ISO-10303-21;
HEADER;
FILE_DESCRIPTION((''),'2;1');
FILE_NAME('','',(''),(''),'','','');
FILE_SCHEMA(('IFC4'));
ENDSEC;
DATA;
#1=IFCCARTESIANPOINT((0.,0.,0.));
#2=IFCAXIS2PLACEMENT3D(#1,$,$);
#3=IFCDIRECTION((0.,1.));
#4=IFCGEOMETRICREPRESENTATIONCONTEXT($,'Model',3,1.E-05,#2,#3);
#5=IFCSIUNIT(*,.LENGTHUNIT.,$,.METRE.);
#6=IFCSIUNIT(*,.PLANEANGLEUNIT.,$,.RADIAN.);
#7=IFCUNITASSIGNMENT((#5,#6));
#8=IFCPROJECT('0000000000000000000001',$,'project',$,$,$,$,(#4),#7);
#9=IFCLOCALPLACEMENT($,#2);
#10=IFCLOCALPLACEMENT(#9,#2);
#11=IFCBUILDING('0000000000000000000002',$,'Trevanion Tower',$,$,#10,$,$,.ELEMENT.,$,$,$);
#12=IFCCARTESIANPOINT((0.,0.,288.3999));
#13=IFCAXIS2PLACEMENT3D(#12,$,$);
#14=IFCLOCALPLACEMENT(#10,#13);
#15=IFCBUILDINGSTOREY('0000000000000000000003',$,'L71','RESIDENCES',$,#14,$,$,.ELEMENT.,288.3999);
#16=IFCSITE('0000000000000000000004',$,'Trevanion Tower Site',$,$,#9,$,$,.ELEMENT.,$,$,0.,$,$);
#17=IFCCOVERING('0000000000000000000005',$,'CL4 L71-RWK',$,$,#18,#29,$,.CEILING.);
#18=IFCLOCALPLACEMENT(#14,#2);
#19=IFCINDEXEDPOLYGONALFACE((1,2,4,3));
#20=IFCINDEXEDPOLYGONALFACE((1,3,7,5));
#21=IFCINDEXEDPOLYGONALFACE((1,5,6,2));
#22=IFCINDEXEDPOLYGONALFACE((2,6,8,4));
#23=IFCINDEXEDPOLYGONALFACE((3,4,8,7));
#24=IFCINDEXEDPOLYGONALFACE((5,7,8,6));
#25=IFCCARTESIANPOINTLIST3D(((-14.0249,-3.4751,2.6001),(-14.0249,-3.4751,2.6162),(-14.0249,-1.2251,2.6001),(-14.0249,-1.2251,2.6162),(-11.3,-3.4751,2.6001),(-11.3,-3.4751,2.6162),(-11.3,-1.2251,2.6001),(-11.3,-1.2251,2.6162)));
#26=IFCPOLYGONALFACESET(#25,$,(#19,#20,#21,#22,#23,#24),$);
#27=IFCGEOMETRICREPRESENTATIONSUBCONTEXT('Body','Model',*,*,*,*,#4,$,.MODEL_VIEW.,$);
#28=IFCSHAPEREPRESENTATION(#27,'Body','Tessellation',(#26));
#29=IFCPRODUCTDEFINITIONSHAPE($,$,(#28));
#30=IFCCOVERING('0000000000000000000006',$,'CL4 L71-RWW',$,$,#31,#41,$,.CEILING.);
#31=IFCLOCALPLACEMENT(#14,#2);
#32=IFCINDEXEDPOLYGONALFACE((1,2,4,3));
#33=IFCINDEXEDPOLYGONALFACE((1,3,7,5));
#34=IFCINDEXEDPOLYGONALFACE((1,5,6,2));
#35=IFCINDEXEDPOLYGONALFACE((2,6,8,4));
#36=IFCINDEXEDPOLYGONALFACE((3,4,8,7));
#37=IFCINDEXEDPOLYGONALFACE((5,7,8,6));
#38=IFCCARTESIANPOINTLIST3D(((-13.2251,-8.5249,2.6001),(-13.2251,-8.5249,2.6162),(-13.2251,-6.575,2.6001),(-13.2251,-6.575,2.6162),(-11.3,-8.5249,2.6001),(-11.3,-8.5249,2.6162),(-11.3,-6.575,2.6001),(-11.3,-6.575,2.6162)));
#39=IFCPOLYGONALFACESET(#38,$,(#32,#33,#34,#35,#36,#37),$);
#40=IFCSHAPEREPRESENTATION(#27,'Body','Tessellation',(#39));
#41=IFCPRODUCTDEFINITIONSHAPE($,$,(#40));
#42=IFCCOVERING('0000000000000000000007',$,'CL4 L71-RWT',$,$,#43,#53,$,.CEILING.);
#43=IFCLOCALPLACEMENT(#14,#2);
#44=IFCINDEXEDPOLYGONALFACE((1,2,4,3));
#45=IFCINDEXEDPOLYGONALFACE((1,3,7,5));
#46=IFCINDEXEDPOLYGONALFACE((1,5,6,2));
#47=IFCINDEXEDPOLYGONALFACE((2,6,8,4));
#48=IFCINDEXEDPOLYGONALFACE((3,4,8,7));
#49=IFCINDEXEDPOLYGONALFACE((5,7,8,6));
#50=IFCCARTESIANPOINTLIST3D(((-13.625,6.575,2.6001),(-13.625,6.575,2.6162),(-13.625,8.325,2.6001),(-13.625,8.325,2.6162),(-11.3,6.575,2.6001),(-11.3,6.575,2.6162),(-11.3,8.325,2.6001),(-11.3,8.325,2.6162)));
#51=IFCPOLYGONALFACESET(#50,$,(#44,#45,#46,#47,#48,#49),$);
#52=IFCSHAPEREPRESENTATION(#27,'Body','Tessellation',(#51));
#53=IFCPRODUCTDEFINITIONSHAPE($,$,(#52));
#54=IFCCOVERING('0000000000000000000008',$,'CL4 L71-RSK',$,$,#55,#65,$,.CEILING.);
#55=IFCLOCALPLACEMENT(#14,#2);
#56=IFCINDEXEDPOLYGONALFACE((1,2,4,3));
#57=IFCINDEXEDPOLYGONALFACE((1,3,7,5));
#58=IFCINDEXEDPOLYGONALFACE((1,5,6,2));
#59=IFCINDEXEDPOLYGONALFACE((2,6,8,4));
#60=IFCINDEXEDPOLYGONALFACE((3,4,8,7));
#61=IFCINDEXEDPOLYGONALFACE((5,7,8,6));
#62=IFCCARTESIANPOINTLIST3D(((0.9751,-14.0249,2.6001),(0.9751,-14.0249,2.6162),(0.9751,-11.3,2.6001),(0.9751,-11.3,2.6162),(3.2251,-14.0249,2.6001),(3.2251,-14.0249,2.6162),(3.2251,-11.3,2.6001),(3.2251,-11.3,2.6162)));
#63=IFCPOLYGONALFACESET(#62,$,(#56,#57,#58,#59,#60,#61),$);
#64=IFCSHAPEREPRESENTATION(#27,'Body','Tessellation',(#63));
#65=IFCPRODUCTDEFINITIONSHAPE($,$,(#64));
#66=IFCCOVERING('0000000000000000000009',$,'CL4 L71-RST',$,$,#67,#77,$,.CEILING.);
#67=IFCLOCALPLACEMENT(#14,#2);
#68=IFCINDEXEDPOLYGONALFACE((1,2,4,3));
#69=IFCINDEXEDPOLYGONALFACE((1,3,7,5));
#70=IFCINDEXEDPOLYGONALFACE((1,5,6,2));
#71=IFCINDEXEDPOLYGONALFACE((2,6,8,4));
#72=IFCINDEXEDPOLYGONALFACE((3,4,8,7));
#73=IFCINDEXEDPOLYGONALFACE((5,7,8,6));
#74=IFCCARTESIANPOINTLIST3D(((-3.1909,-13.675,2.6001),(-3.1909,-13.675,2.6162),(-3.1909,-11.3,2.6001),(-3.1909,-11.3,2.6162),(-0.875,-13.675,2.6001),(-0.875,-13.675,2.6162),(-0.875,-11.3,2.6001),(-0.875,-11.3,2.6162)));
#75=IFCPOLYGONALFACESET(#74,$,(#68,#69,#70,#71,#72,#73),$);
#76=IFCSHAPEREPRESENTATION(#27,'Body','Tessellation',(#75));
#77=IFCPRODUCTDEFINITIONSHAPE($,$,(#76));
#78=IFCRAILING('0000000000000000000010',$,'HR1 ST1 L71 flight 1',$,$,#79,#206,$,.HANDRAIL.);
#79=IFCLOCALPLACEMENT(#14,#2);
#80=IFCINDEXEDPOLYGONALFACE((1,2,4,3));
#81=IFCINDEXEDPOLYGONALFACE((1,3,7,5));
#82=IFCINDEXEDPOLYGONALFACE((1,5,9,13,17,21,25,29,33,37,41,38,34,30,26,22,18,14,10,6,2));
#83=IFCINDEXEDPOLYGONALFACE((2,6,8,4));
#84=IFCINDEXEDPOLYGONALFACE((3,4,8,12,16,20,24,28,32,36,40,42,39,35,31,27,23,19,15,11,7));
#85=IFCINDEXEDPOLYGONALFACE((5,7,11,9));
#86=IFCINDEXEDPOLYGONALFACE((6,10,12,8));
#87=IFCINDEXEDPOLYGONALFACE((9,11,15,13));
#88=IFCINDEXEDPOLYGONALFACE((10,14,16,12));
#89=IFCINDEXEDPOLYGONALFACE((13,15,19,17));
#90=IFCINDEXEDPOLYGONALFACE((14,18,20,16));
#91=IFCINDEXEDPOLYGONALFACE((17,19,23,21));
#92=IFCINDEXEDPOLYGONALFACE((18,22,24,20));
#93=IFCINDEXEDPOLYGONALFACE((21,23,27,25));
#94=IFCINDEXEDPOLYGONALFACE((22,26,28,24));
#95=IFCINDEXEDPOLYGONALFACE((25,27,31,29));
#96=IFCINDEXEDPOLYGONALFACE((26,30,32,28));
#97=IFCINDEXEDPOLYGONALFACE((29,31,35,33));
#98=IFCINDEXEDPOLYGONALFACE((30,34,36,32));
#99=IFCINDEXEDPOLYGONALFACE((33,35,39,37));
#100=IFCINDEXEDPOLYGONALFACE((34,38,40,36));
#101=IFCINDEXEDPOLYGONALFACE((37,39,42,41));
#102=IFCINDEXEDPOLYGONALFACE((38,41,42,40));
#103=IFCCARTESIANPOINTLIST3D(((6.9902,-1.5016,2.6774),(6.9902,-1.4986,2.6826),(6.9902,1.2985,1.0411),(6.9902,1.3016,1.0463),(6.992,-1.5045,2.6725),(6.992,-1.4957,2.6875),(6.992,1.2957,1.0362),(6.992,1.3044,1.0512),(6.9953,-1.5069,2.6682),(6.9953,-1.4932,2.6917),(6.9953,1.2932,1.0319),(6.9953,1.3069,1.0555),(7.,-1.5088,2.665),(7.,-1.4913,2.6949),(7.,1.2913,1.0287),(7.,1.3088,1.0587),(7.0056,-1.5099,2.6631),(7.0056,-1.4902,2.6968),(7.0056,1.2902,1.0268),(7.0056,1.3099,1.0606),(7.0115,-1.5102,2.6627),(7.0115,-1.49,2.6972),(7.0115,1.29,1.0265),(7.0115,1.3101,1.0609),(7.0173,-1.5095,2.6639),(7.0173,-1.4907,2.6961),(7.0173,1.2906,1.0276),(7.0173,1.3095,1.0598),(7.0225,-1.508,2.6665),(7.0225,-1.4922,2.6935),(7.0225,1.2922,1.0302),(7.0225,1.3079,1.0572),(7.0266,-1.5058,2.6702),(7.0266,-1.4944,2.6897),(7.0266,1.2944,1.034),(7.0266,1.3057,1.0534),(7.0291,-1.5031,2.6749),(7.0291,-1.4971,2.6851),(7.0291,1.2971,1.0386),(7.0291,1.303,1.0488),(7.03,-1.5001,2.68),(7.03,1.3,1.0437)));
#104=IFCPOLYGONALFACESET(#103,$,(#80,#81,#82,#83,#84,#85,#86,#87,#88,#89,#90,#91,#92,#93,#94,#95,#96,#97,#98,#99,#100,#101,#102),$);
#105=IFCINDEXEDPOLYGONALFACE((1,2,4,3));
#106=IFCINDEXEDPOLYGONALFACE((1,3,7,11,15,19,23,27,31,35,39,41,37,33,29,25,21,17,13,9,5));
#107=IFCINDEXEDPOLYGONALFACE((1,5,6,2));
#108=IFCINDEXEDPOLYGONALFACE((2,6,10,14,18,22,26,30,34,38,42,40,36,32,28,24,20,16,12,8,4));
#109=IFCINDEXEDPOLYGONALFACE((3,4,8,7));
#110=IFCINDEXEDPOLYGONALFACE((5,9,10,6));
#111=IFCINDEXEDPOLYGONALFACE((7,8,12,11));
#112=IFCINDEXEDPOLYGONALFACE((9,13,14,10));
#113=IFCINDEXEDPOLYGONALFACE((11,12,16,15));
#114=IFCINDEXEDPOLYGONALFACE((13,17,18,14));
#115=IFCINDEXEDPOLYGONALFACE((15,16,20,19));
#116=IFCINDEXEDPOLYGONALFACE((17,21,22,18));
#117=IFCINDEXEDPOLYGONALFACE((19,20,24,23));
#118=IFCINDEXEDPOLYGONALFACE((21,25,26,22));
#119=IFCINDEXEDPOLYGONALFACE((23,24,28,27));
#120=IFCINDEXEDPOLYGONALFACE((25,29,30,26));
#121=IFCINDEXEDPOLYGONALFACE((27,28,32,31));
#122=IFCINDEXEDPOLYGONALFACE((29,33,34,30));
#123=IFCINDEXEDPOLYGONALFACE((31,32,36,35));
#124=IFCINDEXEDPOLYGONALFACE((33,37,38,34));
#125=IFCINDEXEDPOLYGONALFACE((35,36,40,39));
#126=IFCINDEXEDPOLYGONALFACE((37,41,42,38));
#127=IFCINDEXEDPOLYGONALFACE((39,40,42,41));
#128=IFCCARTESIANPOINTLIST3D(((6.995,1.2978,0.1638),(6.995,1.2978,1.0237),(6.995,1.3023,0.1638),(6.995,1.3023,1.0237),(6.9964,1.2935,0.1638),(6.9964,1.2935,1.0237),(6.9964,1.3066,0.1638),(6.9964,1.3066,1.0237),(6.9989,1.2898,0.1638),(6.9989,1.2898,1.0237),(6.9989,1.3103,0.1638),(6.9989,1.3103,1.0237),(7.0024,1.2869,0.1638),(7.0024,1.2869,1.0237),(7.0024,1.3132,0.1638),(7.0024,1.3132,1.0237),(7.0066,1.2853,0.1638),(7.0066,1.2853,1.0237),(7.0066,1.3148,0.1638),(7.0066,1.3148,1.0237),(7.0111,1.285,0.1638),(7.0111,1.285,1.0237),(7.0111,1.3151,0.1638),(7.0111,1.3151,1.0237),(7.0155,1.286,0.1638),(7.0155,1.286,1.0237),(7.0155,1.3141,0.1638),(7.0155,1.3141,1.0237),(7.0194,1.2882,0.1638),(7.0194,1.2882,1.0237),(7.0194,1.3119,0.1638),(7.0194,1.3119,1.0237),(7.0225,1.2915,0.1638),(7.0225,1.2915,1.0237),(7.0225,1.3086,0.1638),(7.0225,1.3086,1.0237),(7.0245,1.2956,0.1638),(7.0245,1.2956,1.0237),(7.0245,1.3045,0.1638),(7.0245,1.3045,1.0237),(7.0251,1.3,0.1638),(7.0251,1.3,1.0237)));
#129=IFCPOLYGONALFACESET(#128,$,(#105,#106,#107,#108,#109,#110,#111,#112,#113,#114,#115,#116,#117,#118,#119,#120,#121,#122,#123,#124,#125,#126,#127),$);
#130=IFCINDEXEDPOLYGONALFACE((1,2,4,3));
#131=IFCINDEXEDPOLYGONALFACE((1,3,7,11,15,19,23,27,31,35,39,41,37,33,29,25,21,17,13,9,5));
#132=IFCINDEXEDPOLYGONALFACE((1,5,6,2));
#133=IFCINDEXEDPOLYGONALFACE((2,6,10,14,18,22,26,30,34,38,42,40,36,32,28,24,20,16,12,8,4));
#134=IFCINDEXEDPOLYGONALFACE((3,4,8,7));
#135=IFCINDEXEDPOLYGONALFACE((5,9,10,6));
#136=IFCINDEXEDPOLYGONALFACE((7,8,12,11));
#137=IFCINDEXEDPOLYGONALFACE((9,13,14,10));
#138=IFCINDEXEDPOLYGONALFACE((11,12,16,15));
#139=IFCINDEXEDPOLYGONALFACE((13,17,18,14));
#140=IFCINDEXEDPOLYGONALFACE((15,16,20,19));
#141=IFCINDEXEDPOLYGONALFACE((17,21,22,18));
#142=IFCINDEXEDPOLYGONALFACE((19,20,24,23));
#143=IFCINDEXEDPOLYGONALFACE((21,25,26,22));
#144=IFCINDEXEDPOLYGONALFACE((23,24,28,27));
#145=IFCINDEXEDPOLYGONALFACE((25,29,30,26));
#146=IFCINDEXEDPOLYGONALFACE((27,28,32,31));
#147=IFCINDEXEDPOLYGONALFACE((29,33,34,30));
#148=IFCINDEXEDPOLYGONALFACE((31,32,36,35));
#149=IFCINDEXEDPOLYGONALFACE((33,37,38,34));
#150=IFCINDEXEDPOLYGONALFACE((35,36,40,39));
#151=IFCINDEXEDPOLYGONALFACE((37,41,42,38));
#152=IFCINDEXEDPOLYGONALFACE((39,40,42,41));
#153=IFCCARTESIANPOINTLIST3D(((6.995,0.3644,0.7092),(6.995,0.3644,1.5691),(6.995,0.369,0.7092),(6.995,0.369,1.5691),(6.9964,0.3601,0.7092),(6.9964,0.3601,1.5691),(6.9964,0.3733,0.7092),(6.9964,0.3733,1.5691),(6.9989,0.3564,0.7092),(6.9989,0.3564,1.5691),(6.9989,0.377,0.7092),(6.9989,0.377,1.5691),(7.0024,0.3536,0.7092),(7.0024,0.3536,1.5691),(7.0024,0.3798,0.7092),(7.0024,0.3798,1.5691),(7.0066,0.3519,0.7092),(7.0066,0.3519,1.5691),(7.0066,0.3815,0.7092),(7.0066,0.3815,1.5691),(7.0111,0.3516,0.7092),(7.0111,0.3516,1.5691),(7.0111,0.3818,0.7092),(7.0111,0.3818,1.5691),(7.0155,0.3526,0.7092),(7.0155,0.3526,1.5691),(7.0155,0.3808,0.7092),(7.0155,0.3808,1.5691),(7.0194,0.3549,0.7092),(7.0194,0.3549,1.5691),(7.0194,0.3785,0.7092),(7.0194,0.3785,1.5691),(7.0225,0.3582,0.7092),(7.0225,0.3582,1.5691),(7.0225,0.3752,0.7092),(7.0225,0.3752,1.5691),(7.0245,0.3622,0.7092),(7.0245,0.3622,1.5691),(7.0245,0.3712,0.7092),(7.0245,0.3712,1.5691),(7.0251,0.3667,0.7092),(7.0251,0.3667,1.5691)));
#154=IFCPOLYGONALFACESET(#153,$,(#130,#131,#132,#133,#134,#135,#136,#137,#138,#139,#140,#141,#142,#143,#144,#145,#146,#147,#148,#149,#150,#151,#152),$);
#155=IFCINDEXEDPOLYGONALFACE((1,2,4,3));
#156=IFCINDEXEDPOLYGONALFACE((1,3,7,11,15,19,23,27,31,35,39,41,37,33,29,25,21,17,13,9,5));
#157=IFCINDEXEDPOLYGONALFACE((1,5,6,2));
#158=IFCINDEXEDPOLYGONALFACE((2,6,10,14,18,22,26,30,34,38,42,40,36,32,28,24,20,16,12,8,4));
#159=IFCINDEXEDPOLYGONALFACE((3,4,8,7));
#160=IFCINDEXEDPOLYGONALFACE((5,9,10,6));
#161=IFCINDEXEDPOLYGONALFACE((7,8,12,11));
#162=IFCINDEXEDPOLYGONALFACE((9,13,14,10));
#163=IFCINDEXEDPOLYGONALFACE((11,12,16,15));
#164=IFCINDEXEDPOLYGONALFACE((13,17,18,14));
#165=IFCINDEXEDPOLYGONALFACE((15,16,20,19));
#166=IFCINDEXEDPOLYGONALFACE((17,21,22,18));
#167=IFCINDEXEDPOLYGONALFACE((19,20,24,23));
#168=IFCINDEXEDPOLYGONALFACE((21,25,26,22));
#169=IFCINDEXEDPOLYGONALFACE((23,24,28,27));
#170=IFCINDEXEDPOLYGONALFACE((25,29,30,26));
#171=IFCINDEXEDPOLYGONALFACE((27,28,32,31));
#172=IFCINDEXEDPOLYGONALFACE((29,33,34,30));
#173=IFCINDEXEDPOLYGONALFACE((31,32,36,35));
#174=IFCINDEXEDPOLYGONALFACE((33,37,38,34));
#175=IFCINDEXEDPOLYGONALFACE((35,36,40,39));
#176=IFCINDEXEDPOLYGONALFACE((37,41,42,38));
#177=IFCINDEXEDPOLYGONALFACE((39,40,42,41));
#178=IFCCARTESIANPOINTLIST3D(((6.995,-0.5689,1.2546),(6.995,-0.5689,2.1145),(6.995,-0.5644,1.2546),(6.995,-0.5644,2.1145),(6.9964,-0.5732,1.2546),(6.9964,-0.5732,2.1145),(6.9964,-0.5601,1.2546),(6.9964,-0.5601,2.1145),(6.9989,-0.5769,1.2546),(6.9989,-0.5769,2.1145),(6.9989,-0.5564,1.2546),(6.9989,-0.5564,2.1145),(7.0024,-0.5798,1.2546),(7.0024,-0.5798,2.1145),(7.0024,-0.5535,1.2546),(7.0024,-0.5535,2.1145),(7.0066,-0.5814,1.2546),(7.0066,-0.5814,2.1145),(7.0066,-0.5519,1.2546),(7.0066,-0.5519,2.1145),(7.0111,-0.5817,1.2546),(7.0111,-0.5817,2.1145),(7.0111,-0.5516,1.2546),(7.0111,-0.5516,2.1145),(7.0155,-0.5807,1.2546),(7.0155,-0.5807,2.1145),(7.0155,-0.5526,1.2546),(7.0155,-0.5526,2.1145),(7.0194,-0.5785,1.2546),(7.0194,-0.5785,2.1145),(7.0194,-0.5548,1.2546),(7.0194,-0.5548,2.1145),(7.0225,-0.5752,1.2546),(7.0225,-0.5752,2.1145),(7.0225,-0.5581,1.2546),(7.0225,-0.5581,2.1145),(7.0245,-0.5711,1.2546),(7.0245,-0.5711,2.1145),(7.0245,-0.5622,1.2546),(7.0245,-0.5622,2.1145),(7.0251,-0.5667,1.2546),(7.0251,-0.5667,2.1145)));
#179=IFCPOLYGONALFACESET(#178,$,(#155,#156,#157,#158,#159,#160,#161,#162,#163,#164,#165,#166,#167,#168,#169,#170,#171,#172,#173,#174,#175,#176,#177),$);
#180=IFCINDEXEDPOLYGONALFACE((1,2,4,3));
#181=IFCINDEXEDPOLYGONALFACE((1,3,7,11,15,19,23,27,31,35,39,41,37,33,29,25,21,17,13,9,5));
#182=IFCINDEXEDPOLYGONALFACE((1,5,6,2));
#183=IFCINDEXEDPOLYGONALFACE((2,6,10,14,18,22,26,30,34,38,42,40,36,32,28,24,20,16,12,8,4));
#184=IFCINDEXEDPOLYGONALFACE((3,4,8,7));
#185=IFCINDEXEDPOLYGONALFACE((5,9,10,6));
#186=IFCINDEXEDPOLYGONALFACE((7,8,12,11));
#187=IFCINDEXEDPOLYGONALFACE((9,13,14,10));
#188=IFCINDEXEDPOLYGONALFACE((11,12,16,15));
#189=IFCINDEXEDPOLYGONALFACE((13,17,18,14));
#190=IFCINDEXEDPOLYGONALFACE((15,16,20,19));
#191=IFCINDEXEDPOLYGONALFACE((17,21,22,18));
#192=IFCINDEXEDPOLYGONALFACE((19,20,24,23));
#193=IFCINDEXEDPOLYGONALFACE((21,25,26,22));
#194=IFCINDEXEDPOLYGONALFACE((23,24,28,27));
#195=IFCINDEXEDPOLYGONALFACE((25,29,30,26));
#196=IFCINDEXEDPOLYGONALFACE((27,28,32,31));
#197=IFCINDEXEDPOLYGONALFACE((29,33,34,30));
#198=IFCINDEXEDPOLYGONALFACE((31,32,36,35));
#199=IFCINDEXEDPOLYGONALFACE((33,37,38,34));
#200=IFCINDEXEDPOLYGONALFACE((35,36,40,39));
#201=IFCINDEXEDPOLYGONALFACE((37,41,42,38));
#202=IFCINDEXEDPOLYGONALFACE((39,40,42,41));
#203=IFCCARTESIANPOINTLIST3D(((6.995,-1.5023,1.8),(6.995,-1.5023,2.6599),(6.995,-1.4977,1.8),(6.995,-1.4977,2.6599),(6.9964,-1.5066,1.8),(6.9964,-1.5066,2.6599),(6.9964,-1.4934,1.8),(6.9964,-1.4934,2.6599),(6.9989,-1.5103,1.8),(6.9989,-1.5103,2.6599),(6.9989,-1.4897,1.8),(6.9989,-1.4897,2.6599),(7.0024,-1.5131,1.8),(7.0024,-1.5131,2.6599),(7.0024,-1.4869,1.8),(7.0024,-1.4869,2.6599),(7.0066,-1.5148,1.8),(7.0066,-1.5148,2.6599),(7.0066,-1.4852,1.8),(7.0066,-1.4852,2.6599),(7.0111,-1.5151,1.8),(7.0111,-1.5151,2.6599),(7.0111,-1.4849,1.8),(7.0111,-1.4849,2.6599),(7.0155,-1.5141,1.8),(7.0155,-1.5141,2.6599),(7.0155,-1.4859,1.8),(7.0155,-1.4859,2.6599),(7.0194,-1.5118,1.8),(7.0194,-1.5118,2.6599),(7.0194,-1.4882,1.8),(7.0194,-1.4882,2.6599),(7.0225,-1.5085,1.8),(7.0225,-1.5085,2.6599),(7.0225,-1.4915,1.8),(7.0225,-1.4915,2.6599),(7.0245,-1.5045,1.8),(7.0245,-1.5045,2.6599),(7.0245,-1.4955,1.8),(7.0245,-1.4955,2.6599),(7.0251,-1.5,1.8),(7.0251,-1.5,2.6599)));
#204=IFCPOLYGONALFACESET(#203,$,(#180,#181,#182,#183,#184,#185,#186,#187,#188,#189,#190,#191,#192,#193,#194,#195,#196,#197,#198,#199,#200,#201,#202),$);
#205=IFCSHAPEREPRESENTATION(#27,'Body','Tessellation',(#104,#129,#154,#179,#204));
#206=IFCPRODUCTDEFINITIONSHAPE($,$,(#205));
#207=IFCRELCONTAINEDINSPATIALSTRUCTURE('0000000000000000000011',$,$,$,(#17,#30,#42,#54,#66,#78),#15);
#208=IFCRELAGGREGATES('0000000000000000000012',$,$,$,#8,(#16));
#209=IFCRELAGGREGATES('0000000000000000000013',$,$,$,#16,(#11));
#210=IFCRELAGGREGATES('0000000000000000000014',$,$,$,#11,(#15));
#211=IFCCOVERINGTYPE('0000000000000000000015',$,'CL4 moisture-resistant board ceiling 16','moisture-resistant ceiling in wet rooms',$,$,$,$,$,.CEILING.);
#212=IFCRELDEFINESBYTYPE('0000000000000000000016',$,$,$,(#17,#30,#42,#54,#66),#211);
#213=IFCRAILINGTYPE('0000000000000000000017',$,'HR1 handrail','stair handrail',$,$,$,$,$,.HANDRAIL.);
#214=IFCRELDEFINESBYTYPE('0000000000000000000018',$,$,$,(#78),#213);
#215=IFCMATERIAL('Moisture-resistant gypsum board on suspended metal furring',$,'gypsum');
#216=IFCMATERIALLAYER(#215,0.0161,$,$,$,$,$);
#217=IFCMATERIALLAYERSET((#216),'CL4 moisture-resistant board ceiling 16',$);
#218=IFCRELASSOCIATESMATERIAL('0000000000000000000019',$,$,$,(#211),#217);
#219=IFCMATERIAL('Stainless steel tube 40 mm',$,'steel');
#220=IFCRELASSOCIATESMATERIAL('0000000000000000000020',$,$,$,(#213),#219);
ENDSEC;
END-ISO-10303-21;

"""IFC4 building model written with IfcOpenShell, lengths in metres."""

from ifc_helpers import new_model, si_unit, direction, frame, origin, origin_2d, place, context, subcontext, project, spatial, polyline, circle, outline, extrude, material, layer, layer_set, type_object, element, save


model = new_model("IFC4")

# Units and contexts
model_context = context("Model", 3, precision=1e-05, world=origin(), true_north=direction((0.0, 1.0)))
body_context = subcontext(model_context, "Body", "Model", "MODEL_VIEW")
ifc_project = project(units=[si_unit("LENGTHUNIT", "METRE"), si_unit("PLANEANGLEUNIT", "RADIAN")], contexts=[model_context])

# Site, building, storey
site_placement = place(None, origin())
site = spatial("IfcSite", under=ifc_project, at=site_placement, Name="Trevanion Tower Site", CompositionType="ELEMENT", RefElevation=0.0)
building_placement = place(site_placement, origin())
building = spatial("IfcBuilding", under=site, at=building_placement, Name="Trevanion Tower", CompositionType="ELEMENT")
storey_placement = place(building_placement, frame((0.0, 0.0, 288.3999)))
storey = spatial("IfcBuildingStorey", under=building, at=storey_placement, Name="L71", Description="RESIDENCES", CompositionType="ELEMENT", Elevation=288.3999)

# Coverings
ifc_material_1 = material(Name="Moisture-resistant gypsum board on suspended metal furring", Category="gypsum")
ifc_layer_1 = layer(ifc_material_1, 0.0161)
ifc_layer_set_1 = layer_set([ifc_layer_1], Name="CL4 moisture-resistant board ceiling 16")
covering_type_1 = type_object("IfcCoveringType", Name="CL4 moisture-resistant board ceiling 16", Description="moisture-resistant ceiling in wet rooms", PredefinedType="CEILING", material=ifc_layer_set_1)
covering_1_placement = place(storey_placement, frame((0.0, 0.0, 2.6001)))
element("IfcCovering", 1, at=covering_1_placement, inside=storey, type_object=covering_type_1, Name="CL4 L71-RWK", PredefinedType="CEILING", context=body_context, shape_type="SweptSolid", body=[
    extrude(outline(polyline([(-14.0249, -1.2251), (-14.0249, -3.4751), (-11.3, -3.4751), (-11.3, -1.2251), (-14.0249, -1.2251)])), origin(), (0.0, 0.0, 1.0), 0.0161),
])
covering_2_placement = place(storey_placement, frame((0.0, 0.0, 2.6001)))
element("IfcCovering", 2, at=covering_2_placement, inside=storey, type_object=covering_type_1, Name="CL4 L71-RWW", PredefinedType="CEILING", context=body_context, shape_type="SweptSolid", body=[
    extrude(outline(polyline([(-13.2251, -6.575), (-13.2251, -8.5249), (-11.3, -8.5249), (-11.3, -6.575), (-13.2251, -6.575)])), origin(), (0.0, 0.0, 1.0), 0.0161),
])
covering_3_placement = place(storey_placement, frame((0.0, 0.0, 2.6001)))
element("IfcCovering", 3, at=covering_3_placement, inside=storey, type_object=covering_type_1, Name="CL4 L71-RWT", PredefinedType="CEILING", context=body_context, shape_type="SweptSolid", body=[
    extrude(outline(polyline([(-13.625, 8.325), (-13.625, 6.575), (-11.3, 6.575), (-11.3, 8.325), (-13.625, 8.325)])), origin(), (0.0, 0.0, 1.0), 0.0161),
])
covering_4_placement = place(storey_placement, frame((0.0, 0.0, 2.6001)))
element("IfcCovering", 4, at=covering_4_placement, inside=storey, type_object=covering_type_1, Name="CL4 L71-RSK", PredefinedType="CEILING", context=body_context, shape_type="SweptSolid", body=[
    extrude(outline(polyline([(0.9751, -14.0249), (3.2251, -14.0249), (3.2251, -11.3), (0.9751, -11.3), (0.9751, -14.0249)])), origin(), (0.0, 0.0, 1.0), 0.0161),
])
covering_5_placement = place(storey_placement, frame((0.0, 0.0, 2.6001)))
element("IfcCovering", 5, at=covering_5_placement, inside=storey, type_object=covering_type_1, Name="CL4 L71-RST", PredefinedType="CEILING", context=body_context, shape_type="SweptSolid", body=[
    extrude(outline(polyline([(-3.1909, -13.675), (-0.875, -13.675), (-0.875, -11.3), (-3.1909, -11.3), (-3.1909, -13.675)])), origin(), (0.0, 0.0, 1.0), 0.0161),
])

# Railing
ifc_material_2 = material(Name="Stainless steel tube 40 mm", Category="steel")
railing_type = type_object("IfcRailingType", Name="HR1 handrail", Description="stair handrail", PredefinedType="HANDRAIL", material=ifc_material_2)
for number, where, name in (
    (6, (7.01, 1.3, 0.1638), "HR1 ST1 L71 flight 1"),
):
    element("IfcRailing", number, at=place(storey_placement, frame(where)), inside=storey, type_object=railing_type, Name=name, PredefinedType="HANDRAIL", context=body_context, shape_type="SweptSolid", body=[
        extrude(circle(Radius=0.02, at=origin_2d()), frame((0.0, 0.0, 0.8799), z_axis=(0.0, -0.863394, 0.504531), x_axis=(1.0, 0.0, 0.0)), (0.0, 0.0, 1.0), 3.2432),
        extrude(circle(Radius=0.0151, at=origin_2d()), origin(), (0.0, 0.0, 1.0), 0.8599),
        extrude(circle(Radius=0.0151, at=origin_2d()), frame((0.0, -0.9333, 0.5454)), (0.0, 0.0, 1.0), 0.8599),
        extrude(circle(Radius=0.0151, at=origin_2d()), frame((0.0, -1.8667, 1.0908)), (0.0, 0.0, 1.0), 0.8599),
        extrude(circle(Radius=0.0151, at=origin_2d()), frame((0.0, -2.8, 1.6362)), (0.0, 0.0, 1.0), 0.8599),
    ])

save(model, "model.ifc")
